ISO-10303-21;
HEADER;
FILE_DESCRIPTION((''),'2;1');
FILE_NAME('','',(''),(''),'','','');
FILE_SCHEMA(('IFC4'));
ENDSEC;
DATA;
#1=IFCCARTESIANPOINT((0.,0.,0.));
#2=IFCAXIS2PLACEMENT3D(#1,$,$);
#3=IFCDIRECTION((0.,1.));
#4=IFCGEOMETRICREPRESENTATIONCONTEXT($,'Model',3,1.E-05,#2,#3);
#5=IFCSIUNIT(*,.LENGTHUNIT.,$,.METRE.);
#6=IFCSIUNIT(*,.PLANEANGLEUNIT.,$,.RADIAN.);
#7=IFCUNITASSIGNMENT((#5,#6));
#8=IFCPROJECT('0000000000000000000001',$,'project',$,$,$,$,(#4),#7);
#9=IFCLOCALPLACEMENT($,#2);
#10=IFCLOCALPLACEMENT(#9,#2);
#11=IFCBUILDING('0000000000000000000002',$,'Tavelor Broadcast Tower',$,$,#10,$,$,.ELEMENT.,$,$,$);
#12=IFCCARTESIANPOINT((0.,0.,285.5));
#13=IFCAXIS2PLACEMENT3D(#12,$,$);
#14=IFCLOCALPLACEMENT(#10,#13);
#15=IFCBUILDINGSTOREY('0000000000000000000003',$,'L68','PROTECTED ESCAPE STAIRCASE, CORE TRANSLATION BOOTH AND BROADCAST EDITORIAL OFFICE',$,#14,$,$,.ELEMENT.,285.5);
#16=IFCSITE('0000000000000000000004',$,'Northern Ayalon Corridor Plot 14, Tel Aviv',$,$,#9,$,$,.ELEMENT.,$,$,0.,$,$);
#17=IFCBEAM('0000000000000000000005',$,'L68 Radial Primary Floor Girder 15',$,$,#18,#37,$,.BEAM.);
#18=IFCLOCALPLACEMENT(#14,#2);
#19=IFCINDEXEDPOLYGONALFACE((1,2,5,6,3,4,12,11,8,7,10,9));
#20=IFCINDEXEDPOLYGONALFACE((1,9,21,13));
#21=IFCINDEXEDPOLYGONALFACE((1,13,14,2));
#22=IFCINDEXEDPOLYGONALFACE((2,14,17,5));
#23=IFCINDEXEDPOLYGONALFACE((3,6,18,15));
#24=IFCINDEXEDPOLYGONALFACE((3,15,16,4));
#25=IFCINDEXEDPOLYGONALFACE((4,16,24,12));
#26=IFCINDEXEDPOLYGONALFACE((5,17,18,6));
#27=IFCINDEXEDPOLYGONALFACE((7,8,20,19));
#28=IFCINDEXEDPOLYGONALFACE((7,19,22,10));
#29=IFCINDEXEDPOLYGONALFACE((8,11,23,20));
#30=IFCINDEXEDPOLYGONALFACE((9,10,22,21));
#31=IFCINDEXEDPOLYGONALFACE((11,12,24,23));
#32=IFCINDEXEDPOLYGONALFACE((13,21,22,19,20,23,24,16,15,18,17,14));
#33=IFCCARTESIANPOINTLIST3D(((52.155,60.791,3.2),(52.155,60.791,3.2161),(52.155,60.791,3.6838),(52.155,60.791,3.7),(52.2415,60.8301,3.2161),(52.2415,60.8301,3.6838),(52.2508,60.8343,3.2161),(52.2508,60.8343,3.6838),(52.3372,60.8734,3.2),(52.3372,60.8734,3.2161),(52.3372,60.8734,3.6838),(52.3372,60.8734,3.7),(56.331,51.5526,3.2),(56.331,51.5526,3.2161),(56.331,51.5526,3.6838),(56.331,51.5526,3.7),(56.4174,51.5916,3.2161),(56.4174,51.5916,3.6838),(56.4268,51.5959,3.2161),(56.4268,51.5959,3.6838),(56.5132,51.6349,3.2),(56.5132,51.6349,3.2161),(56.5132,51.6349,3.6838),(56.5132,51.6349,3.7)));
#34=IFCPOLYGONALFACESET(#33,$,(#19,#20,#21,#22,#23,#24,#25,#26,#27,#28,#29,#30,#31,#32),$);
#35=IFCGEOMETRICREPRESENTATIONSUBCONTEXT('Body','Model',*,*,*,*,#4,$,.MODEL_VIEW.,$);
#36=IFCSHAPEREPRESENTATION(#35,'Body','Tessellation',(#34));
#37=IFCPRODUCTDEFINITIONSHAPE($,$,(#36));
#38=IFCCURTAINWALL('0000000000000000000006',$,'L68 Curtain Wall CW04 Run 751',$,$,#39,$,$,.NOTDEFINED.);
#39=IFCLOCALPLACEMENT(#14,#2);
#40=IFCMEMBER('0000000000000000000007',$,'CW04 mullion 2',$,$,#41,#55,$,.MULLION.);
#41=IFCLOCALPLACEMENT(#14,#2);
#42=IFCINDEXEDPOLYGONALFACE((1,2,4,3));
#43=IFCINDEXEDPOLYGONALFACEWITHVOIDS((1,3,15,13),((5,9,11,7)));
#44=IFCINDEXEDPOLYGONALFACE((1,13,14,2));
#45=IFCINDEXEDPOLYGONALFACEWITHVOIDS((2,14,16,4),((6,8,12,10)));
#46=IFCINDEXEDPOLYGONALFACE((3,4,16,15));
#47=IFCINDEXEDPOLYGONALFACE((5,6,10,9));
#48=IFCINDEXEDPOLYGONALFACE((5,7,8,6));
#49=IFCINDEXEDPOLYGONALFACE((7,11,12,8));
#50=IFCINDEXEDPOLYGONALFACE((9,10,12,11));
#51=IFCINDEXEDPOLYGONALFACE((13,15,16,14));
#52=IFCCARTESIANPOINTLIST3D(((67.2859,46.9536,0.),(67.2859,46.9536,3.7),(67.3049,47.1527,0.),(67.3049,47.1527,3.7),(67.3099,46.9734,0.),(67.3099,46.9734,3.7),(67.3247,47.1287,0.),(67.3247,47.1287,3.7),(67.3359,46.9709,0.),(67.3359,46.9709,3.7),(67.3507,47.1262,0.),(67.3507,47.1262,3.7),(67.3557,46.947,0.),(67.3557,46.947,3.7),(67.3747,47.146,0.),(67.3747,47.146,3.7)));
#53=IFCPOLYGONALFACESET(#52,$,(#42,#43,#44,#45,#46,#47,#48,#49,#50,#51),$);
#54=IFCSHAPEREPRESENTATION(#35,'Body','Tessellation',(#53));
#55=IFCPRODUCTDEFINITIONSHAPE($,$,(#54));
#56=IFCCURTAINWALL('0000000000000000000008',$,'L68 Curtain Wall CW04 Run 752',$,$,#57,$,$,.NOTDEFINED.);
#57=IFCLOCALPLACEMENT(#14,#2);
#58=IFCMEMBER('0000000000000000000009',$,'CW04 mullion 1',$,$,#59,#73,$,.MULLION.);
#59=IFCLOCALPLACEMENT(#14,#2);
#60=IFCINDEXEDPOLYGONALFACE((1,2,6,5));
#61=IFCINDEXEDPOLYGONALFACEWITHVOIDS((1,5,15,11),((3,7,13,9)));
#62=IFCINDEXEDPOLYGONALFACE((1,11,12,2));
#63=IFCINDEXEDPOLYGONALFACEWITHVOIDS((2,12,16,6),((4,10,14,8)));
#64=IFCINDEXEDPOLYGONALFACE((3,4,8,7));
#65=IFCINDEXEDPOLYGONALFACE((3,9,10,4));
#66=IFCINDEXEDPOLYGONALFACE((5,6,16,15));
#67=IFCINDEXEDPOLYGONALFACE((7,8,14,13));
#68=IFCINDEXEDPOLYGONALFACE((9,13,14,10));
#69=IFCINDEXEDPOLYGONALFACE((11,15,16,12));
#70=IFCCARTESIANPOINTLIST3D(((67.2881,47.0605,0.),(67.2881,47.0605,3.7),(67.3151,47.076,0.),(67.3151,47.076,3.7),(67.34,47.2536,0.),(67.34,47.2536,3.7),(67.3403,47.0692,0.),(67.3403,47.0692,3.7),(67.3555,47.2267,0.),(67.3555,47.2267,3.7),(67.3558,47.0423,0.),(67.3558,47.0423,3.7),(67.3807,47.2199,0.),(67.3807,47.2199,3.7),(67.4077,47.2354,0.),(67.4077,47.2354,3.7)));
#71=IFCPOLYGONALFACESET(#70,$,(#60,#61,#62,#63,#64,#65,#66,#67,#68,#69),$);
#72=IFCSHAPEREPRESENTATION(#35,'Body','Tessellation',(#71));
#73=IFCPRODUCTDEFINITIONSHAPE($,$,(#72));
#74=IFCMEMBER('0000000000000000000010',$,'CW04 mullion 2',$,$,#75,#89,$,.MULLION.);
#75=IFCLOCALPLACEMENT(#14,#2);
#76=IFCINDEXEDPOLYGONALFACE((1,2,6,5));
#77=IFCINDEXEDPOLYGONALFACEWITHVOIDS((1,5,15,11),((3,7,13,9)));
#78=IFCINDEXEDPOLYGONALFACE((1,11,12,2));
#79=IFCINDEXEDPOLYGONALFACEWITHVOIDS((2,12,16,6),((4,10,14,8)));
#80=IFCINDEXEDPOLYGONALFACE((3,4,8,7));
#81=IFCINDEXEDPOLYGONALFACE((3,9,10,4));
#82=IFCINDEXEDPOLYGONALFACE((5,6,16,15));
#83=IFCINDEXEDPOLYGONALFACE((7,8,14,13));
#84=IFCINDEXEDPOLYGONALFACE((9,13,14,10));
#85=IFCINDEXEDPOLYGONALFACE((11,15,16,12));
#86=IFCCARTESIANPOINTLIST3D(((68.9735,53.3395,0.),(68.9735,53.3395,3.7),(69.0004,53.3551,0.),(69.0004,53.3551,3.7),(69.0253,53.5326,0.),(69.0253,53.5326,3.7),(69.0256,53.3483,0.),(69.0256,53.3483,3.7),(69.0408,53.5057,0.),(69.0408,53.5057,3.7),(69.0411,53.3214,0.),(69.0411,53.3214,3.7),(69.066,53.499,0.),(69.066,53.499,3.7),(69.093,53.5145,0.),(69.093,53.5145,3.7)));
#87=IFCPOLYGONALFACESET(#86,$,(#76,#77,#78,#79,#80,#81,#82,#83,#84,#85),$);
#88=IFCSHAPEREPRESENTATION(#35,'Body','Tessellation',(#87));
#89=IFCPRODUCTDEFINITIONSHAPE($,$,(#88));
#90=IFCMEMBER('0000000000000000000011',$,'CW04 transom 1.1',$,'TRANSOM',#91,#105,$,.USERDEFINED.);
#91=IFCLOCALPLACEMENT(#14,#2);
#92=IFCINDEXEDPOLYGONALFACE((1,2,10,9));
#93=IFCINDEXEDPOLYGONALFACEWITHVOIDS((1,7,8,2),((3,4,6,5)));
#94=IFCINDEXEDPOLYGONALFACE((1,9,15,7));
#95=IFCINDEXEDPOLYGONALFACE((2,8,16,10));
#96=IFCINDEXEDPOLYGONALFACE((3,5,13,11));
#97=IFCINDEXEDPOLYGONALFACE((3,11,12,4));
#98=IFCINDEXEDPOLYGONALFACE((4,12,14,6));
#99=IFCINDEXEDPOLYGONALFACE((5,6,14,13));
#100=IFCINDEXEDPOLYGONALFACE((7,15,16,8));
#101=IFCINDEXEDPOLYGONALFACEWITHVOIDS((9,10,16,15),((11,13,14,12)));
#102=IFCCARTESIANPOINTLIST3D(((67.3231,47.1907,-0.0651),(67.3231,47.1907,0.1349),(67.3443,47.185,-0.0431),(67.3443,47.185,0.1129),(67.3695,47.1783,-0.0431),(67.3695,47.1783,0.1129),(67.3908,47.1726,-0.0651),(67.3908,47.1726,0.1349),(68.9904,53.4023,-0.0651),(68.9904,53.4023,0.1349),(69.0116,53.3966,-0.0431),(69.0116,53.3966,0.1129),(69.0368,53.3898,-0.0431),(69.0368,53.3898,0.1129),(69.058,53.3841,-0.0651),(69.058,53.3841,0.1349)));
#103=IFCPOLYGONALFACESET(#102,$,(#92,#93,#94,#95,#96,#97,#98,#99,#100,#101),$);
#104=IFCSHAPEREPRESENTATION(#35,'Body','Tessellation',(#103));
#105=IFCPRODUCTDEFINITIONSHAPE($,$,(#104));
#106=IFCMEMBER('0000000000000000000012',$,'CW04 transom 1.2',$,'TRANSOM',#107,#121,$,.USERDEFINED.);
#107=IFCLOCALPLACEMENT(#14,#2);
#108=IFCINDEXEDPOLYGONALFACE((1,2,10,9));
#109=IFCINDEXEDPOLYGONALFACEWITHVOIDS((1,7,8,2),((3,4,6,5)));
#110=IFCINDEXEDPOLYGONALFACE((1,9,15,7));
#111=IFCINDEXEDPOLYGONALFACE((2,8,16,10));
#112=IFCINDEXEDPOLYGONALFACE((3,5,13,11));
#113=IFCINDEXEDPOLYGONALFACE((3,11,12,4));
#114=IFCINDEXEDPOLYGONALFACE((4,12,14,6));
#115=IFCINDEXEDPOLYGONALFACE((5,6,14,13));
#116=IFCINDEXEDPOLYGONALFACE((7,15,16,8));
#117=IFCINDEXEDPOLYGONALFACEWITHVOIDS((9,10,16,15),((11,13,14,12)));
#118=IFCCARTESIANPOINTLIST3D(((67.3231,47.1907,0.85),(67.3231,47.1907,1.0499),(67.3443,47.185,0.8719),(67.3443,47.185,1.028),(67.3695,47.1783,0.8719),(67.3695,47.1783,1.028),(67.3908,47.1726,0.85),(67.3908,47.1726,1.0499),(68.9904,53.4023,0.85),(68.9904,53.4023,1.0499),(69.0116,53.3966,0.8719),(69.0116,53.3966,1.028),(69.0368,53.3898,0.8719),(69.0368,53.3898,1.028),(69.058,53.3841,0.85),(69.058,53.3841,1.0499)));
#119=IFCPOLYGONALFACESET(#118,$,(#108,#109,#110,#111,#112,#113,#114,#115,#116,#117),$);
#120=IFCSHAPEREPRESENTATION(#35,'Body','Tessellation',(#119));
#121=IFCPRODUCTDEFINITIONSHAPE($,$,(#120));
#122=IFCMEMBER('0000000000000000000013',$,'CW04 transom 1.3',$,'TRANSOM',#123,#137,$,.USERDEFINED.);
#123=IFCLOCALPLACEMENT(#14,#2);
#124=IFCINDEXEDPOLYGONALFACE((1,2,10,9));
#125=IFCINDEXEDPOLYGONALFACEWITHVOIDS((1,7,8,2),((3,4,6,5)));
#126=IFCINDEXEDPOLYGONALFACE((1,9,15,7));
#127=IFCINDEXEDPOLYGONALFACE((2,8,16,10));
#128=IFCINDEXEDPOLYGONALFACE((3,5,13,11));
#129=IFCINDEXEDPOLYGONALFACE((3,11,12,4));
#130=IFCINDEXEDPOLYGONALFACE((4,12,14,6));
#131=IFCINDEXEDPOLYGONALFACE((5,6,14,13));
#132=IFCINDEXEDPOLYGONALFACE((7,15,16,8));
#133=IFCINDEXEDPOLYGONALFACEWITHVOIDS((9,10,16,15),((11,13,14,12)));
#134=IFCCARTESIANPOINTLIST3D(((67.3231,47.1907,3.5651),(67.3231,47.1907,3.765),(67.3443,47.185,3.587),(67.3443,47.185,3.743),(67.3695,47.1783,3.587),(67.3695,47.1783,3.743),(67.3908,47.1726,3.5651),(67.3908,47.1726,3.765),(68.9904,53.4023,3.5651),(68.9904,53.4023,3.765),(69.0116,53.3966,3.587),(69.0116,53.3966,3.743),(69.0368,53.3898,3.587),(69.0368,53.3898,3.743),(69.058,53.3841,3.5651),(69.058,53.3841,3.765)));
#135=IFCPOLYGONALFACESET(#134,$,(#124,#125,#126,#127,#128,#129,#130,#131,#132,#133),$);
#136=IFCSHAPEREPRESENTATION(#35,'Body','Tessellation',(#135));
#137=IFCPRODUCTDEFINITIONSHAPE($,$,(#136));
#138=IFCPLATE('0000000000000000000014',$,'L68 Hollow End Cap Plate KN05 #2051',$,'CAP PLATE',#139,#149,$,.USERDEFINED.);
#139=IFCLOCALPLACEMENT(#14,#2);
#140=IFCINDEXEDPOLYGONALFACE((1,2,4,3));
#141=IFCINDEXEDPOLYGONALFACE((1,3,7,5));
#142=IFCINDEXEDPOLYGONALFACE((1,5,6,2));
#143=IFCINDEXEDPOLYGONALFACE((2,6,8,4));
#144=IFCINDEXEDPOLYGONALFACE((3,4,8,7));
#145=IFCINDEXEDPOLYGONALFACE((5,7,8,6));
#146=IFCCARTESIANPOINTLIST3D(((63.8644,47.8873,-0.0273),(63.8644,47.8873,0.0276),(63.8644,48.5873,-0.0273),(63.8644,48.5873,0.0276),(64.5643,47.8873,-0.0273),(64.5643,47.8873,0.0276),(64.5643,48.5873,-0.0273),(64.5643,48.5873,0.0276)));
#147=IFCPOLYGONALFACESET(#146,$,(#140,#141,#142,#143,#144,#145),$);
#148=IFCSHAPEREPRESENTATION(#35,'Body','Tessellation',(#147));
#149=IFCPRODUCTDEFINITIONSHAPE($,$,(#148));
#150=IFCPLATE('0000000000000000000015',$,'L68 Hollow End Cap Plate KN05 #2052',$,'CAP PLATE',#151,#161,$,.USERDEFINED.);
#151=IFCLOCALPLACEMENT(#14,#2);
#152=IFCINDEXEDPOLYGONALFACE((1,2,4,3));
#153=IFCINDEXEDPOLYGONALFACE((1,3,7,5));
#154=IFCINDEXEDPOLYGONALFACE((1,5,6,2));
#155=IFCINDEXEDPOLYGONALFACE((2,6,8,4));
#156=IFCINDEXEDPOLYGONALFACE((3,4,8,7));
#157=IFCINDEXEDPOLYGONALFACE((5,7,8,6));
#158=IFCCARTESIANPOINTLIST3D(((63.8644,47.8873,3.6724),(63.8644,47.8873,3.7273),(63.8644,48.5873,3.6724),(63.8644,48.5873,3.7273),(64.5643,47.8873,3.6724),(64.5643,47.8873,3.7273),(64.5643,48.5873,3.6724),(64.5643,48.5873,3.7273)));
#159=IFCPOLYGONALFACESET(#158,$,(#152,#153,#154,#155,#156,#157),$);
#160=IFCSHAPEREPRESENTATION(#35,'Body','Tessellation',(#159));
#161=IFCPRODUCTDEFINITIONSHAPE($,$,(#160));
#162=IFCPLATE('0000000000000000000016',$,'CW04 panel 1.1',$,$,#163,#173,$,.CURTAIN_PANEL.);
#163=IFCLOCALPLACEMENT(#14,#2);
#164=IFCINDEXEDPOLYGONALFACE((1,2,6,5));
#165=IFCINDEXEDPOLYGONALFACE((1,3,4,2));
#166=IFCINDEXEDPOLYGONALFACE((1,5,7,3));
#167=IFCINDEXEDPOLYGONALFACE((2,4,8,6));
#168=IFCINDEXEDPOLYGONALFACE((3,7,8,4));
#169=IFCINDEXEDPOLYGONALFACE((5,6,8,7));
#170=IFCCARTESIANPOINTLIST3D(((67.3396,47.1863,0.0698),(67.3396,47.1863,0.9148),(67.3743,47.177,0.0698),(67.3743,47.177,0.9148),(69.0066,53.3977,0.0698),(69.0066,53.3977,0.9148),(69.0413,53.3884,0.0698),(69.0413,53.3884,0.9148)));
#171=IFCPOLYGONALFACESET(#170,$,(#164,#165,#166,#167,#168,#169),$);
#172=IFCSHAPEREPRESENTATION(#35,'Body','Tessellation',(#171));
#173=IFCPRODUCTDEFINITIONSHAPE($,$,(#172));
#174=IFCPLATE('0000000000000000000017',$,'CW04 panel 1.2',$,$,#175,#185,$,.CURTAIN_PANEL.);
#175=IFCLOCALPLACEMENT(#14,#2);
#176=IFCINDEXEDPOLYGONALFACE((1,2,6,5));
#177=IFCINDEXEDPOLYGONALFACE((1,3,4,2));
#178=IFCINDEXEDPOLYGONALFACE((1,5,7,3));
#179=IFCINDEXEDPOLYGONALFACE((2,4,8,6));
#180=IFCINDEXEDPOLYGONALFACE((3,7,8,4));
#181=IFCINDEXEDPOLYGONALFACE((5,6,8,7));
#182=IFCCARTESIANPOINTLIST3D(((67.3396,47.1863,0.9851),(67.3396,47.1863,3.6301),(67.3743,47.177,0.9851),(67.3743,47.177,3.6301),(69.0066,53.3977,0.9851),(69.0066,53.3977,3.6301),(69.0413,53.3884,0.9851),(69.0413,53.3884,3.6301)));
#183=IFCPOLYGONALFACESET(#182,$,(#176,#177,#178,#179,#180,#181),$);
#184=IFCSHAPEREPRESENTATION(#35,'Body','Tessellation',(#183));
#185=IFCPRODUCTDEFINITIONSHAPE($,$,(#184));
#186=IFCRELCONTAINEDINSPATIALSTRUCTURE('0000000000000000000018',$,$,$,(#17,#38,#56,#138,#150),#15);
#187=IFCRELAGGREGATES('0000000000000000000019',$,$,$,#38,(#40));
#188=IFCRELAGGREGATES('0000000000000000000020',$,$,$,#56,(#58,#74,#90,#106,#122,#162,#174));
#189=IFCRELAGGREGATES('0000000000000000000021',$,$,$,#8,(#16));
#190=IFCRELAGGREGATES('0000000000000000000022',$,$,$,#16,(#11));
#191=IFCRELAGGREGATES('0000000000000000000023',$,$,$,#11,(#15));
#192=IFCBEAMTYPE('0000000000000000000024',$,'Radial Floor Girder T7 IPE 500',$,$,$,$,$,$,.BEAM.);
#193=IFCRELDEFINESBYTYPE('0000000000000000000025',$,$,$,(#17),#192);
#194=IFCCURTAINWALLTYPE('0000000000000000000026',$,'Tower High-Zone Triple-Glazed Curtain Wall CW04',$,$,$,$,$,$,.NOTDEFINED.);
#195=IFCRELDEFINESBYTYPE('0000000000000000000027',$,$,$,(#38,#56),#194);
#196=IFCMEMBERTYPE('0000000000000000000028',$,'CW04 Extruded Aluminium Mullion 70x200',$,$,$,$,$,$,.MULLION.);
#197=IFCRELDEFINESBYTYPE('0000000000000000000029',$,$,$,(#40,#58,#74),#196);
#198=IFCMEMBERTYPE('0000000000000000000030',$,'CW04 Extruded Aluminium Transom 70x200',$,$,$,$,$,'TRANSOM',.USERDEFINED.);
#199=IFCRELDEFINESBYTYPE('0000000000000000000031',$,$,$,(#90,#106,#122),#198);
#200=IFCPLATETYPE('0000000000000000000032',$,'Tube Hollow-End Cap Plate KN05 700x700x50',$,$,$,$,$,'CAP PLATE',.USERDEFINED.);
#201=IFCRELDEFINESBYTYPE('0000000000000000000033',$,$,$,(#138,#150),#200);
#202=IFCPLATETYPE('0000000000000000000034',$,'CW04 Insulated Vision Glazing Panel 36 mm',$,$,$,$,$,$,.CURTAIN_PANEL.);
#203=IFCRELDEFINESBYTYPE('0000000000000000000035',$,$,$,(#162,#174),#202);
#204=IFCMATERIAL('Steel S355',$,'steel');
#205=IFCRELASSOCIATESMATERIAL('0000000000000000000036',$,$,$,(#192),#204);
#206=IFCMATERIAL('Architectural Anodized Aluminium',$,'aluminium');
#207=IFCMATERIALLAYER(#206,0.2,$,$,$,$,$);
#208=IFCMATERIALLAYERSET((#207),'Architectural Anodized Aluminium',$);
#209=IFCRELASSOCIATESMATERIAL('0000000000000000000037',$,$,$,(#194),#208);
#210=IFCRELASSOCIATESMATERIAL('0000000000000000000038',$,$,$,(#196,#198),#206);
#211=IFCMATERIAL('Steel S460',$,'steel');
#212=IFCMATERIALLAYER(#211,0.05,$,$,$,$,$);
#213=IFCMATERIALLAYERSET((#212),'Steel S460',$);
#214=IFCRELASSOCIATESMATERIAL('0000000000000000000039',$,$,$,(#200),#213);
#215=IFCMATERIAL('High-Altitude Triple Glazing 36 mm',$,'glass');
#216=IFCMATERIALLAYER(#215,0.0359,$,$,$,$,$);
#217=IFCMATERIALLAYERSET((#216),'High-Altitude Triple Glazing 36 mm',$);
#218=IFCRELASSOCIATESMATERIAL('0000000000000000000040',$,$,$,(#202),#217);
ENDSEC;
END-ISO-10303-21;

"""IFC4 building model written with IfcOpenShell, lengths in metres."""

from ifc_helpers import new_model, si_unit, direction, frame, origin, origin_2d, place, context, subcontext, project, spatial, rectangle, hollow_rectangle, i_section, extrude, source, transform, mapped, material, layer, layer_set, material_profile, profile_set, type_object, type_shapes, element, aggregate, save


model = new_model("IFC4")

# Units and contexts
model_context = context("Model", 3, precision=1e-05, world=origin(), true_north=direction((0.0, 1.0)))
body_context = subcontext(model_context, "Body", "Model", "MODEL_VIEW")
ifc_project = project(units=[si_unit("LENGTHUNIT", "METRE"), si_unit("PLANEANGLEUNIT", "RADIAN")], contexts=[model_context])

# Site, building, storey
site_placement = place(None, origin())
site = spatial("IfcSite", under=ifc_project, at=site_placement, Name="Northern Ayalon Corridor Plot 14, Tel Aviv", CompositionType="ELEMENT", RefElevation=0.0)
building_placement = place(site_placement, origin())
building = spatial("IfcBuilding", under=site, at=building_placement, Name="Tavelor Broadcast Tower", CompositionType="ELEMENT")
storey_placement = place(building_placement, frame((0.0, 0.0, 285.5)))
storey = spatial("IfcBuildingStorey", under=building, at=storey_placement, Name="L68", Description="PROTECTED ESCAPE STAIRCASE, CORE TRANSLATION BOOTH AND BROADCAST EDITORIAL OFFICE", CompositionType="ELEMENT", Elevation=285.5)

# Shared definitions
ifc_material_1 = material(Name="Steel S460", Category="steel")

# Beam
ifc_material_2 = material(Name="Steel S355", Category="steel")
ifc_material_profile_1 = material_profile(ifc_material_2, i_section(OverallWidth=0.2, OverallDepth=0.5, WebThickness=0.0103, FlangeThickness=0.0161, at=origin_2d()), Name="IPE 500")
ifc_profile_set_1 = profile_set([ifc_material_profile_1], Name="Steel S355")
beam_type_1 = type_object("IfcBeamType", Name="Radial Floor Girder T7 IPE 500", PredefinedType="BEAM", material=ifc_profile_set_1)
beam_1_placement = place(storey_placement, frame((56.4221, 51.5938, 3.45), z_axis=(-0.411897, 0.91123, 0.0), x_axis=(-0.91123, -0.411897, 0.0)))
element("IfcBeam", 1, at=beam_1_placement, inside=storey, type_object=beam_type_1, Name="L68 Radial Primary Floor Girder 15", PredefinedType="BEAM", context=body_context, shape_type="SweptSolid", body=[
    extrude(i_section(OverallWidth=0.2, OverallDepth=0.5, WebThickness=0.0103, FlangeThickness=0.0161, at=origin_2d()), origin(), (0.0, 0.0, 1.0), 10.1384),
])

# Curtain wall, member
ifc_material_3 = material(Name="Architectural Anodized Aluminium", Category="aluminium")
ifc_layer_1 = layer(ifc_material_3, 0.2)
ifc_layer_set_1 = layer_set([ifc_layer_1], Name="Architectural Anodized Aluminium")
curtain_wall_type = type_object("IfcCurtainWallType", Name="Tower High-Zone Triple-Glazed Curtain Wall CW04", PredefinedType="NOTDEFINED", material=ifc_layer_set_1)
curtain_wall_1_placement = place(storey_placement, origin())
curtain_wall_1 = element("IfcCurtainWall", 2, at=curtain_wall_1_placement, inside=storey, type_object=curtain_wall_type, Name="L68 Curtain Wall CW04 Run 751", PredefinedType="NOTDEFINED")
ifc_material_profile_2 = material_profile(ifc_material_3, hollow_rectangle(XDim=0.0701, YDim=0.2, WallThickness=0.022, at=origin_2d()), Name="RHS 70x200x22")
ifc_profile_set_2 = profile_set([ifc_material_profile_2], Name="Architectural Anodized Aluminium")
member_type_1 = type_object("IfcMemberType", Name="CW04 Extruded Aluminium Mullion 70x200", PredefinedType="MULLION", material=ifc_profile_set_2)
shared_shape_1 = source(origin(), body_context, "Body", "SweptSolid", [
    extrude(hollow_rectangle(XDim=0.0701, YDim=0.2, WallThickness=0.022, at=origin_2d()), origin(), (0.0, 0.0, 1.0), 3.7),
])
type_shapes(member_type_1, [shared_shape_1])
member_1_placement = place(storey_placement, frame((67.3303, 47.0498, 0.0), z_axis=(0.0, 0.0, 1.0), x_axis=(-0.995477, 0.095003, 0.0)))
member_1 = element("IfcMember", 3, at=member_1_placement, type_object=member_type_1, Name="CW04 mullion 2", PredefinedType="MULLION", context=body_context, shape_type="MappedRepresentation", body=[
    mapped(shared_shape_1, transform((0.0, 0.0, 0.0), scale=1.0)),
])
aggregate(curtain_wall_1, [member_1])

# Curtain wall, members
curtain_wall_2_placement = place(storey_placement, origin())
curtain_wall_2 = element("IfcCurtainWall", 4, at=curtain_wall_2_placement, inside=storey, type_object=curtain_wall_type, Name="L68 Curtain Wall CW04 Run 752", PredefinedType="NOTDEFINED")
member_2_placement = place(storey_placement, frame((67.3479, 47.1479, 0.0), z_axis=(0.0, 0.0, 1.0), x_axis=(-0.965822, 0.259207, 0.0)))
member_2 = element("IfcMember", 5, at=member_2_placement, type_object=member_type_1, Name="CW04 mullion 1", PredefinedType="MULLION", context=body_context, shape_type="MappedRepresentation", body=[
    mapped(shared_shape_1, transform((0.0, 0.0, 0.0), scale=1.0)),
])
member_3_placement = place(storey_placement, frame((69.0332, 53.427, 0.0), z_axis=(0.0, 0.0, 1.0), x_axis=(-0.965822, 0.259207, 0.0)))
member_3 = element("IfcMember", 6, at=member_3_placement, type_object=member_type_1, Name="CW04 mullion 2", PredefinedType="MULLION", context=body_context, shape_type="MappedRepresentation", body=[
    mapped(shared_shape_1, transform((0.0, 0.0, 0.0), scale=1.0)),
])
ifc_material_profile_3 = material_profile(ifc_material_3, hollow_rectangle(XDim=0.0701, YDim=0.2, WallThickness=0.022, at=origin_2d()), Name="RHS 70x200x22")
ifc_profile_set_3 = profile_set([ifc_material_profile_3], Name="Architectural Anodized Aluminium")
member_type_2 = type_object("IfcMemberType", Name="CW04 Extruded Aluminium Transom 70x200", ElementType="TRANSOM", PredefinedType="USERDEFINED", material=ifc_profile_set_3)
shared_shape_2 = source(origin(), body_context, "Body", "SweptSolid", [
    extrude(hollow_rectangle(XDim=0.0701, YDim=0.2, WallThickness=0.022, at=origin_2d()), origin(), (0.0, 0.0, 1.0), 6.4314),
])
type_shapes(member_type_2, [shared_shape_2])
member_4_placement = place(storey_placement, frame((67.3569, 47.1816, 0.0349), z_axis=(0.259238, 0.965813, 0.0), x_axis=(-0.965813, 0.259238, 0.0)))
member_4 = element("IfcMember", 7, at=member_4_placement, type_object=member_type_2, Name="CW04 transom 1.1", ObjectType="TRANSOM", PredefinedType="USERDEFINED", context=body_context, shape_type="MappedRepresentation", body=[
    mapped(shared_shape_2, transform((0.0, 0.0, 0.0), scale=1.0)),
])
member_5_placement = place(storey_placement, frame((67.3569, 47.1816, 0.95), z_axis=(0.259238, 0.965813, 0.0), x_axis=(-0.965813, 0.259238, 0.0)))
member_5 = element("IfcMember", 8, at=member_5_placement, type_object=member_type_2, Name="CW04 transom 1.2", ObjectType="TRANSOM", PredefinedType="USERDEFINED", context=body_context, shape_type="MappedRepresentation", body=[
    mapped(shared_shape_2, transform((0.0, 0.0, 0.0), scale=1.0)),
])
member_6_placement = place(storey_placement, frame((67.3569, 47.1816, 3.665), z_axis=(0.259238, 0.965813, 0.0), x_axis=(-0.965813, 0.259238, 0.0)))
member_6 = element("IfcMember", 9, at=member_6_placement, type_object=member_type_2, Name="CW04 transom 1.3", ObjectType="TRANSOM", PredefinedType="USERDEFINED", context=body_context, shape_type="MappedRepresentation", body=[
    mapped(shared_shape_2, transform((0.0, 0.0, 0.0), scale=1.0)),
])

# Plates
ifc_layer_2 = layer(ifc_material_1, 0.05)
ifc_layer_set_2 = layer_set([ifc_layer_2], Name="Steel S460")
plate_type_1 = type_object("IfcPlateType", Name="Tube Hollow-End Cap Plate KN05 700x700x50", ElementType="CAP PLATE", PredefinedType="USERDEFINED", material=ifc_layer_set_2)
shared_shape_3 = source(origin(), body_context, "Body", "SweptSolid", [
    extrude(rectangle(XDim=0.7, YDim=0.7, at=origin_2d()), origin(), (0.0, 0.0, 1.0), 0.0549),
])
type_shapes(plate_type_1, [shared_shape_3])
for number, where, z_axis, x_axis, name in (
    (10, (64.2144, 48.2373, -0.0273), (0.0, 0.0, 1.0), (1.0, 0.0, 0.0), "L68 Hollow End Cap Plate KN05 #2051"),
    (11, (64.2144, 48.2373, 3.6724), (0.0, 0.0, 1.0), (1.0, 0.0, 0.0), "L68 Hollow End Cap Plate KN05 #2052"),
):
    element("IfcPlate", number, at=place(storey_placement, frame(where, z_axis=z_axis, x_axis=x_axis)), inside=storey, type_object=plate_type_1, Name=name, ObjectType="CAP PLATE", PredefinedType="USERDEFINED", context=body_context, shape_type="MappedRepresentation", body=[
        mapped(shared_shape_3, transform((0.0, 0.0, 0.0), scale=1.0)),
    ])

# Plates
ifc_material_4 = material(Name="High-Altitude Triple Glazing 36 mm", Category="glass")
ifc_layer_3 = layer(ifc_material_4, 0.0359)
ifc_layer_set_3 = layer_set([ifc_layer_3], Name="High-Altitude Triple Glazing 36 mm")
plate_type_2 = type_object("IfcPlateType", Name="CW04 Insulated Vision Glazing Panel 36 mm", PredefinedType="CURTAIN_PANEL", material=ifc_layer_set_3)
shared_shape_4 = source(origin(), body_context, "Body", "SweptSolid", [
    extrude(rectangle(XDim=6.4312, YDim=0.0359, at=origin_2d()), origin(), (0.0, 0.0, 1.0), 0.845),
])
plate_1_placement = place(storey_placement, frame((68.1904, 50.2874, 0.0698), z_axis=(0.0, 0.0, 1.0), x_axis=(0.259207, 0.965822, 0.0)))
plate_1 = element("IfcPlate", 12, at=plate_1_placement, type_object=plate_type_2, Name="CW04 panel 1.1", PredefinedType="CURTAIN_PANEL", context=body_context, shape_type="MappedRepresentation", body=[
    mapped(shared_shape_4, transform((0.0, 0.0, 0.0), scale=1.0)),
])
shared_shape_5 = source(origin(), body_context, "Body", "SweptSolid", [
    extrude(rectangle(XDim=6.4312, YDim=0.0359, at=origin_2d()), origin(), (0.0, 0.0, 1.0), 2.645),
])
type_shapes(plate_type_2, [shared_shape_4, shared_shape_5])
plate_2_placement = place(storey_placement, frame((68.1904, 50.2874, 0.9851), z_axis=(0.0, 0.0, 1.0), x_axis=(0.259207, 0.965822, 0.0)))
plate_2 = element("IfcPlate", 13, at=plate_2_placement, type_object=plate_type_2, Name="CW04 panel 1.2", PredefinedType="CURTAIN_PANEL", context=body_context, shape_type="MappedRepresentation", body=[
    mapped(shared_shape_5, transform((0.0, 0.0, 0.0), scale=1.0)),
])
aggregate(curtain_wall_2, [member_2, member_3, member_4, member_5, member_6, plate_1, plate_2])

save(model, "model.ifc")
